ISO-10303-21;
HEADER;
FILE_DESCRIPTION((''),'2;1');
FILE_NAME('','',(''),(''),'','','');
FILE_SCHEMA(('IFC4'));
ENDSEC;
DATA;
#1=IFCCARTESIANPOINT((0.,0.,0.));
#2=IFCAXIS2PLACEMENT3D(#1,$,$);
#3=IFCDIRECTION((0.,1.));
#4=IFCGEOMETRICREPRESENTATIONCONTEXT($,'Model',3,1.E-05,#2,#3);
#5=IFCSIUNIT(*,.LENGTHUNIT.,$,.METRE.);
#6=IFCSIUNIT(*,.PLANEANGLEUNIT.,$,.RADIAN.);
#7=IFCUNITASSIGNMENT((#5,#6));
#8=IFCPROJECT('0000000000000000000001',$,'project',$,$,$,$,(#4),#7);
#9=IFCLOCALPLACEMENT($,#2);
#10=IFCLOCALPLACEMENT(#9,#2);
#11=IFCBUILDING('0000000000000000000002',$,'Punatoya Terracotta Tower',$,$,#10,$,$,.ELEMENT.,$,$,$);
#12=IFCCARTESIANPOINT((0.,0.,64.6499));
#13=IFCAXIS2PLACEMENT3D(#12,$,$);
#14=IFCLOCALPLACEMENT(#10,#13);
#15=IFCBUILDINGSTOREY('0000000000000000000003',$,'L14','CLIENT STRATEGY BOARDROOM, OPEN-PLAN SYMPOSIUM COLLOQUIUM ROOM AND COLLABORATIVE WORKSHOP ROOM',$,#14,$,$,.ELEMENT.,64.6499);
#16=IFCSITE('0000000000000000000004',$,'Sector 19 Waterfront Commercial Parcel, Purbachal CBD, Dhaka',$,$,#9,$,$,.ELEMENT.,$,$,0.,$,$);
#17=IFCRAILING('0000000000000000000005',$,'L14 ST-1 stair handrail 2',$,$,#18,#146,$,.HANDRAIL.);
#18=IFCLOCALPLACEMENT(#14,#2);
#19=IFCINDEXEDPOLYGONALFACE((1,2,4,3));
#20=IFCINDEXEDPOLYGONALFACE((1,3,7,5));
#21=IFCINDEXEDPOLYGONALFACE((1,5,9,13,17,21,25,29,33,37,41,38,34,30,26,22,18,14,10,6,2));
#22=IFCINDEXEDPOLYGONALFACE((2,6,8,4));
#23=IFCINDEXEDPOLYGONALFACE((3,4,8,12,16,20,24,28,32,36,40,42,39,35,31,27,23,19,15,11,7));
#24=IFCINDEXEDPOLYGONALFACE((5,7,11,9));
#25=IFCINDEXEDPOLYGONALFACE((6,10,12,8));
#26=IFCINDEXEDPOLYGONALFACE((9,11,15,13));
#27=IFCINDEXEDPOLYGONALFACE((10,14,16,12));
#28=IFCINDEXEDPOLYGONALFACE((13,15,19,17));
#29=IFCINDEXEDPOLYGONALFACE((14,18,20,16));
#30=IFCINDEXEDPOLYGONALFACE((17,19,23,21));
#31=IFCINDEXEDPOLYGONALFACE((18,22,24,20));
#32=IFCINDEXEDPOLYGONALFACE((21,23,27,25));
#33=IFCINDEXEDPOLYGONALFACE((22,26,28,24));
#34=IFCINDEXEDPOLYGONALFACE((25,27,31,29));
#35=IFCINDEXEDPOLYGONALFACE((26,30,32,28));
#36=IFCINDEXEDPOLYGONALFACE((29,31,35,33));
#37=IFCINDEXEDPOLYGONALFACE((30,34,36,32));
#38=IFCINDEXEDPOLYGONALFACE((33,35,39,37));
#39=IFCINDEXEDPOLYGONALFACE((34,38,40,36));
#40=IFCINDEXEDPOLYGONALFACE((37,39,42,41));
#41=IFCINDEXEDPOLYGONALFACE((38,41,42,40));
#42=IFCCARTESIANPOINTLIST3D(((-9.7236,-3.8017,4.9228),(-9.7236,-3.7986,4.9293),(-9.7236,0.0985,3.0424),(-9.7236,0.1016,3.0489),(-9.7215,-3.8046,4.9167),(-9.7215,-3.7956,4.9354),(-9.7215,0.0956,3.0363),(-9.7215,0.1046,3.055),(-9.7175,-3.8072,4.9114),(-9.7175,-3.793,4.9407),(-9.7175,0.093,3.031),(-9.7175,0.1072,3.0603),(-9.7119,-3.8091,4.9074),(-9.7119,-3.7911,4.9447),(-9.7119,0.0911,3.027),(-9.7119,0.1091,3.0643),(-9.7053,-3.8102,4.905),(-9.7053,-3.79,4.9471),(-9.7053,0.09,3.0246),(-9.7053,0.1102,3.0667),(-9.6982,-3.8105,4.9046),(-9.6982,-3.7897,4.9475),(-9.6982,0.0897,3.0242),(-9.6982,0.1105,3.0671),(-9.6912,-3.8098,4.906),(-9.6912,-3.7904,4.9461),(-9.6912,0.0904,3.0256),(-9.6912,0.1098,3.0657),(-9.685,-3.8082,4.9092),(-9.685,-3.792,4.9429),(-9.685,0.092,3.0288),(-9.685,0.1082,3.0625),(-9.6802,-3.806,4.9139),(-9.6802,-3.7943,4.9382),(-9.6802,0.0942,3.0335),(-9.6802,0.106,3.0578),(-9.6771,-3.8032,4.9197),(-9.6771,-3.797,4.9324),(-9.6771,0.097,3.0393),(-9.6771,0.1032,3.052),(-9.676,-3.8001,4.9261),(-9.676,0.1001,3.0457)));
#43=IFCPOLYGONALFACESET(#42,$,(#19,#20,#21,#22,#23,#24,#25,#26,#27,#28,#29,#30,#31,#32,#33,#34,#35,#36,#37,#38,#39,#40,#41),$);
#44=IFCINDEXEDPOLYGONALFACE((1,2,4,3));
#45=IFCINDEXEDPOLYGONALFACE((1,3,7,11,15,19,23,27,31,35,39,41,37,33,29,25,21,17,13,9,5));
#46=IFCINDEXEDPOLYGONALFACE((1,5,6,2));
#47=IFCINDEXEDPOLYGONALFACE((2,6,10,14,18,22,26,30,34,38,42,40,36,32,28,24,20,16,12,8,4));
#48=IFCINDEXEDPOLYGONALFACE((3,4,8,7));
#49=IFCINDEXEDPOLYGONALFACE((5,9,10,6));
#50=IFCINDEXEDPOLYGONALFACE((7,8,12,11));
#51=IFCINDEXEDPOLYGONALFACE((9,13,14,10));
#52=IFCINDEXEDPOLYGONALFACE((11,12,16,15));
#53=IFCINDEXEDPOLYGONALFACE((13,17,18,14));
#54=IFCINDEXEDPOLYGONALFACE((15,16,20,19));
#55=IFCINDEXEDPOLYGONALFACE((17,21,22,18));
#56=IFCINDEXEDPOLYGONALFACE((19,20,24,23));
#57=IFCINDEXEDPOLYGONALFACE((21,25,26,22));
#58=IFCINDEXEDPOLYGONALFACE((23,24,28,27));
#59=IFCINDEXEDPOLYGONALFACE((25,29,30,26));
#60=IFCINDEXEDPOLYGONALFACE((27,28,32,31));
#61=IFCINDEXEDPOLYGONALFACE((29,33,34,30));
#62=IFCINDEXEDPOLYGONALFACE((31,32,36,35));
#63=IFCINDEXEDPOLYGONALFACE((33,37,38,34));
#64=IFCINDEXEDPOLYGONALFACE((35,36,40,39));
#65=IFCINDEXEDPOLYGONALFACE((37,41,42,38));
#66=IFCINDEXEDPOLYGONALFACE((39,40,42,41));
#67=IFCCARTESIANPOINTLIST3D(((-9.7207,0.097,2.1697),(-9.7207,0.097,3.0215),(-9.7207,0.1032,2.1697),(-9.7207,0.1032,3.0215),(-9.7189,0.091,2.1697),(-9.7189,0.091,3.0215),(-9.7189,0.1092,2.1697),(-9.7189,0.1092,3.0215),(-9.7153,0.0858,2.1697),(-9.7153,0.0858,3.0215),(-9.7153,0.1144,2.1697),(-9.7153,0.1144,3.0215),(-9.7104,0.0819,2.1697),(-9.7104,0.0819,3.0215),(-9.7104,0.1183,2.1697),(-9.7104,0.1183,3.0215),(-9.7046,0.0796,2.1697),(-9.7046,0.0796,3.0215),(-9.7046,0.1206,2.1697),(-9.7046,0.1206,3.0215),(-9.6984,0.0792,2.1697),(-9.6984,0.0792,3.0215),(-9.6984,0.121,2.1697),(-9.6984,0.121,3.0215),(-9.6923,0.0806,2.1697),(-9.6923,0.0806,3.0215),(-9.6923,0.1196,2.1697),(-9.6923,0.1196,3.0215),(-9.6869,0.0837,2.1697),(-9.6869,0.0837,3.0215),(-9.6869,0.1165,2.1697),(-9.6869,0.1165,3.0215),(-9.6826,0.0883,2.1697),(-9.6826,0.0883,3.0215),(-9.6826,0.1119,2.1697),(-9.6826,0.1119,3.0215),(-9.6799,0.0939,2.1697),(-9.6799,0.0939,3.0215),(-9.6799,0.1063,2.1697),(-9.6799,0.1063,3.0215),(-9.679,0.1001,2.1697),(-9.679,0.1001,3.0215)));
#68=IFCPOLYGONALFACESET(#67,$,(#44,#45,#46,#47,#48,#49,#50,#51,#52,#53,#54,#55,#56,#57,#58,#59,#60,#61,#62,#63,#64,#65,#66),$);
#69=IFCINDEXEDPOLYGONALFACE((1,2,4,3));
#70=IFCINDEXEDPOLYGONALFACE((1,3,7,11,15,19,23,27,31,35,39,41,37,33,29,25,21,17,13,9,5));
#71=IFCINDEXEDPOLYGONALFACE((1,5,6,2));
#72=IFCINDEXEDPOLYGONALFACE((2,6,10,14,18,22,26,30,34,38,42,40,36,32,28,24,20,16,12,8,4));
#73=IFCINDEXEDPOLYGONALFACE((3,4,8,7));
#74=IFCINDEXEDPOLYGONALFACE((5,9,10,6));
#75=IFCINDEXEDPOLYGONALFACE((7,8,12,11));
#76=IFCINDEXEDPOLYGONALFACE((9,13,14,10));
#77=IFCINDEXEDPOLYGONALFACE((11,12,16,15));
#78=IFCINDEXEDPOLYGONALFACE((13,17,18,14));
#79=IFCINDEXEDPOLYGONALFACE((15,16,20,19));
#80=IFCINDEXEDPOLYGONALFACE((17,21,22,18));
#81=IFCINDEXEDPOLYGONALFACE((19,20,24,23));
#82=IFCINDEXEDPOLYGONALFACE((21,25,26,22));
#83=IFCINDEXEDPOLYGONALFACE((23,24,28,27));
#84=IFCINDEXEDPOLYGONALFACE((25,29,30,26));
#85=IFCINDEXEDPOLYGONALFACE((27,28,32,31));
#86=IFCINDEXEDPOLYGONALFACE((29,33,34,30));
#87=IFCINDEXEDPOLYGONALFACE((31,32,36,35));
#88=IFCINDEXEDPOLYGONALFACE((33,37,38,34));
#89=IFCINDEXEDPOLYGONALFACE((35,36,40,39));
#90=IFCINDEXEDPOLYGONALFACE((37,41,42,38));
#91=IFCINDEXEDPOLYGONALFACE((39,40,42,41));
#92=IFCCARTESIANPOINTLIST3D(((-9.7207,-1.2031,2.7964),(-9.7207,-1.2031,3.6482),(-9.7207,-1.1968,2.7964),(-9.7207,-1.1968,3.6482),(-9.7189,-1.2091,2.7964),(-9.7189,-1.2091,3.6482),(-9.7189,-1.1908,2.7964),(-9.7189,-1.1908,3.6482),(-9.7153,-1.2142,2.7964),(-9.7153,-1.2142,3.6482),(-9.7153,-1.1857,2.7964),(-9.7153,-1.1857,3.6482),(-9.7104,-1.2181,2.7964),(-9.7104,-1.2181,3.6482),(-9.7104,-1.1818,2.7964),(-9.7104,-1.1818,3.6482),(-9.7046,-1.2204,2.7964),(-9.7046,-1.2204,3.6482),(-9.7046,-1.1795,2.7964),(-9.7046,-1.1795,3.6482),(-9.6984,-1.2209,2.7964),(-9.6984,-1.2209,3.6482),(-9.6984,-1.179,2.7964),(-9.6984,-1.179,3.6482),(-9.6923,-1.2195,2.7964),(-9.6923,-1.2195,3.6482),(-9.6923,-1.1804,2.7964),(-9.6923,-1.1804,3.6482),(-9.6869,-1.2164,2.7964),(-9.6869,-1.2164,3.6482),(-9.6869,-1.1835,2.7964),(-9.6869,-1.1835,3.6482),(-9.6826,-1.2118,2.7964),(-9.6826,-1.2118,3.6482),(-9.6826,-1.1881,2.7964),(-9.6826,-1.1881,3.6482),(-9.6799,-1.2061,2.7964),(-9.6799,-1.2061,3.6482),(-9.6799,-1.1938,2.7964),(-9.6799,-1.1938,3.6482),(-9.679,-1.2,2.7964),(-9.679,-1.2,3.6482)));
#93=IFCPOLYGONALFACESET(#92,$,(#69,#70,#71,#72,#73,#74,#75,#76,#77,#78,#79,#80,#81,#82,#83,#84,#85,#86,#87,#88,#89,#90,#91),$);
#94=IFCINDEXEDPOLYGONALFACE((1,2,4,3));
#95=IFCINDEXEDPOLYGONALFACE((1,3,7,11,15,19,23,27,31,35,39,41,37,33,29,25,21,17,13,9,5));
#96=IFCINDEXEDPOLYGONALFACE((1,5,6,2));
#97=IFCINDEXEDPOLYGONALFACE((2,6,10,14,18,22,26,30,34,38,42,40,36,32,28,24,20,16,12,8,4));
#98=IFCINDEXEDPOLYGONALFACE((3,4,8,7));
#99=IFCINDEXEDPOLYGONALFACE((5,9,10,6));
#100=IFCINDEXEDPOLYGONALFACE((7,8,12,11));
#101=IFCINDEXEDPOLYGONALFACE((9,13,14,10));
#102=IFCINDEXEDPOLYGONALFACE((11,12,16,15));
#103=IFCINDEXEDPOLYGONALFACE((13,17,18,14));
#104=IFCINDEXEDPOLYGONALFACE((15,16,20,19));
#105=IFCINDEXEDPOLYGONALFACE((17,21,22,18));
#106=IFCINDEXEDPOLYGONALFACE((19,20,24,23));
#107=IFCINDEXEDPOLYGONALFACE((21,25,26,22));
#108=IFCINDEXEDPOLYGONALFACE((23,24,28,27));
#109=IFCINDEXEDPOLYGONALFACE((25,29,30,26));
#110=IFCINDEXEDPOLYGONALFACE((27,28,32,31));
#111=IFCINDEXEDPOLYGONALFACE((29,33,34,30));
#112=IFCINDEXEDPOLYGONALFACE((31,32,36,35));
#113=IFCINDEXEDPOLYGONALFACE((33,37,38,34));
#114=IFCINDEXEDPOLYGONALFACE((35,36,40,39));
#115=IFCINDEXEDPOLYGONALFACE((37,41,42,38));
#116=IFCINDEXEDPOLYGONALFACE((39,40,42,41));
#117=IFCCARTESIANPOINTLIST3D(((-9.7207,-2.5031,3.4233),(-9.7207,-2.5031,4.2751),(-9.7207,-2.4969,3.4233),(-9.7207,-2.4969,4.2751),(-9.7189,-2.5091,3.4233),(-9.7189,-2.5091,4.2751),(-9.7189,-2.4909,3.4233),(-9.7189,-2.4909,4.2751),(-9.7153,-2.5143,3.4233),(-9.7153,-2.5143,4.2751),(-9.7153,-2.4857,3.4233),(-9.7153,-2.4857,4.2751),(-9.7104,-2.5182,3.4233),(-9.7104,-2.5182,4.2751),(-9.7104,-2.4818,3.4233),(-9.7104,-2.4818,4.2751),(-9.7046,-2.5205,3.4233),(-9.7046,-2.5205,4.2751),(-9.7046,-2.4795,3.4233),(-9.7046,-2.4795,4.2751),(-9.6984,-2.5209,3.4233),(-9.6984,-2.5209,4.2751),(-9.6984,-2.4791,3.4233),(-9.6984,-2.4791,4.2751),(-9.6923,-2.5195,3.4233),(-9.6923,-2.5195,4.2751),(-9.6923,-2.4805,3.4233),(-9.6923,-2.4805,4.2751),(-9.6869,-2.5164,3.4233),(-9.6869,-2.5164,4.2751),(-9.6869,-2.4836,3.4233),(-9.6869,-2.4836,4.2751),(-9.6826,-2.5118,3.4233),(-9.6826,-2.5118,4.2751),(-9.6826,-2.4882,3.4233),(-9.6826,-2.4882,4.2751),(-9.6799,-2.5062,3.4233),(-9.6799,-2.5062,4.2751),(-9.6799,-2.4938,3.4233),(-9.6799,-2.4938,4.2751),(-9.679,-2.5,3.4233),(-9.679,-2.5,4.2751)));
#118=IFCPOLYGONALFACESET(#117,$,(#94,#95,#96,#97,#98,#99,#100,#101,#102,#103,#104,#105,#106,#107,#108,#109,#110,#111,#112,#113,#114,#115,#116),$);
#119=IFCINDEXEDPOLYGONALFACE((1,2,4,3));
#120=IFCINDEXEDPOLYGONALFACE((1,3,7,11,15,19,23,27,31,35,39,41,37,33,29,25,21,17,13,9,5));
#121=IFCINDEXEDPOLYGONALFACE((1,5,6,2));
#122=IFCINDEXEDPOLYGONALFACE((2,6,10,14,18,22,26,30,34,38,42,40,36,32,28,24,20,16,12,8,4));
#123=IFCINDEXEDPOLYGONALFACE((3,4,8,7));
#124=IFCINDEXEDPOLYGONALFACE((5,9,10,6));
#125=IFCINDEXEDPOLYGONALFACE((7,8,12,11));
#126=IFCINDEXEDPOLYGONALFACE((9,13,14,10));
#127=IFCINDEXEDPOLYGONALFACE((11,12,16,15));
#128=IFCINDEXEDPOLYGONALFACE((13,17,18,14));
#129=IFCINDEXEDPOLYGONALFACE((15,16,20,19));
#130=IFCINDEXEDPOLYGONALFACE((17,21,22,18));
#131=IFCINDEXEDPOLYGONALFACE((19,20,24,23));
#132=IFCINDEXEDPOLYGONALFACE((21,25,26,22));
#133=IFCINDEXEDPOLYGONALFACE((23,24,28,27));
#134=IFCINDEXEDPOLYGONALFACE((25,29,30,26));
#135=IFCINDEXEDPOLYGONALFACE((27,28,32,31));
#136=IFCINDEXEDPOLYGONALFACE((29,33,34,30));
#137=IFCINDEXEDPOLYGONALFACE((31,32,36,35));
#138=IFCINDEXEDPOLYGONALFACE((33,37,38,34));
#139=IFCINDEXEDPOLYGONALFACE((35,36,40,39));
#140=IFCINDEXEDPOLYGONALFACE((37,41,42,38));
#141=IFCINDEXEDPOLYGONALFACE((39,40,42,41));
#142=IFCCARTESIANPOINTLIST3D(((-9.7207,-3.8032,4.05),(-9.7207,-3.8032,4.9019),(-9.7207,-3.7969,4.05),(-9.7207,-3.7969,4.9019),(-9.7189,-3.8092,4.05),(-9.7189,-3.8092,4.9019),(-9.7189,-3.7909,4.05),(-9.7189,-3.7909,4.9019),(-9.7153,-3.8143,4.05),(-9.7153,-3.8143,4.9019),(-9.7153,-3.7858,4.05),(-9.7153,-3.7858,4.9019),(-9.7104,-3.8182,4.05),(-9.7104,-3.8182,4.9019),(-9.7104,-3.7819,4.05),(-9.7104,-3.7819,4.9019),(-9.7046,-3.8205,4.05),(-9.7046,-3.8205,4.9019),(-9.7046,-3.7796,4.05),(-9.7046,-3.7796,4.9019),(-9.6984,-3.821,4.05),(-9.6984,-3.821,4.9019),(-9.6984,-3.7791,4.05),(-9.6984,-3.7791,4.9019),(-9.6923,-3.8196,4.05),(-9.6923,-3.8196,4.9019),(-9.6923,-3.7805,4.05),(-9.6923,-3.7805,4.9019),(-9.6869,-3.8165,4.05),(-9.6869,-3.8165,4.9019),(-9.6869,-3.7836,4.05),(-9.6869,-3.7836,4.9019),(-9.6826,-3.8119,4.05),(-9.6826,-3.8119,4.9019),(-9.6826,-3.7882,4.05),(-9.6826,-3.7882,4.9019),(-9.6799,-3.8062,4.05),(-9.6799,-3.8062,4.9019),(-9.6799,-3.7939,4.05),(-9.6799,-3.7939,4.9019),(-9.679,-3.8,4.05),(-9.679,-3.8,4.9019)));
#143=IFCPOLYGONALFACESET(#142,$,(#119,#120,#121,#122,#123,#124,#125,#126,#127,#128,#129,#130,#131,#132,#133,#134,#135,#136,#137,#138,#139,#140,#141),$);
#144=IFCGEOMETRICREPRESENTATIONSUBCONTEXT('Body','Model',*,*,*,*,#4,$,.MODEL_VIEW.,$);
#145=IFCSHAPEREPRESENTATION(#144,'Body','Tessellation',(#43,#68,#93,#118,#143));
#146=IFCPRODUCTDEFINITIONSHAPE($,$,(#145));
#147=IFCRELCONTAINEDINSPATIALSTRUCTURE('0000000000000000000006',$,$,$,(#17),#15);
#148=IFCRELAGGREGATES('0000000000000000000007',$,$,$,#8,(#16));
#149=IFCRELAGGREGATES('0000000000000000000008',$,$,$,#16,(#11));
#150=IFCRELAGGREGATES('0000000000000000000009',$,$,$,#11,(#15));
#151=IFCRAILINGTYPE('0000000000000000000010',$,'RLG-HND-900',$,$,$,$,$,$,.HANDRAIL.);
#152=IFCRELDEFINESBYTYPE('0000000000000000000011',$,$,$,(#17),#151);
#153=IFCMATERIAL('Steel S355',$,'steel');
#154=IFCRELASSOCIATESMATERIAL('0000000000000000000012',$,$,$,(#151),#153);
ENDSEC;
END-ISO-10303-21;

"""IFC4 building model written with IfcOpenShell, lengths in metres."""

from ifc_helpers import new_model, si_unit, direction, frame, origin, origin_2d, place, context, subcontext, project, spatial, circle, extrude, material, type_object, element, save


model = new_model("IFC4")

# Units and contexts
model_context = context("Model", 3, precision=1e-05, world=origin(), true_north=direction((0.0, 1.0)))
body_context = subcontext(model_context, "Body", "Model", "MODEL_VIEW")
ifc_project = project(units=[si_unit("LENGTHUNIT", "METRE"), si_unit("PLANEANGLEUNIT", "RADIAN")], contexts=[model_context])

# Site, building, storey
site_placement = place(None, origin())
site = spatial("IfcSite", under=ifc_project, at=site_placement, Name="Sector 19 Waterfront Commercial Parcel, Purbachal CBD, Dhaka", CompositionType="ELEMENT", RefElevation=0.0)
building_placement = place(site_placement, origin())
building = spatial("IfcBuilding", under=site, at=building_placement, Name="Punatoya Terracotta Tower", CompositionType="ELEMENT")
storey_placement = place(building_placement, frame((0.0, 0.0, 64.6499)))
storey = spatial("IfcBuildingStorey", under=building, at=storey_placement, Name="L14", Description="CLIENT STRATEGY BOARDROOM, OPEN-PLAN SYMPOSIUM COLLOQUIUM ROOM AND COLLABORATIVE WORKSHOP ROOM", CompositionType="ELEMENT", Elevation=64.6499)

# Shared definitions
ifc_material_1 = material(Name="Steel S355", Category="steel")

# Railing
railing_type_1 = type_object("IfcRailingType", Name="RLG-HND-900", PredefinedType="HANDRAIL", material=ifc_material_1)
railing_1_placement = place(storey_placement, frame((-9.7, 0.1001, 2.1697)))
element("IfcRailing", 1, at=railing_1_placement, inside=storey, type_object=railing_type_1, Name="L14 ST-1 stair handrail 2", PredefinedType="HANDRAIL", context=body_context, shape_type="SweptSolid", body=[
    extrude(circle(Radius=0.0239, at=origin_2d()), frame((0.0, 0.0, 0.876), z_axis=(0.0, -0.900774, 0.434289), x_axis=(1.0, 0.0, 0.0)), (0.0, 0.0, 1.0), 4.3298),
    extrude(circle(Radius=0.021, at=origin_2d()), origin(), (0.0, 0.0, 1.0), 0.8518),
    extrude(circle(Radius=0.021, at=origin_2d()), frame((0.0, -1.3, 0.6267)), (0.0, 0.0, 1.0), 0.8518),
    extrude(circle(Radius=0.021, at=origin_2d()), frame((0.0, -2.6001, 1.2537)), (0.0, 0.0, 1.0), 0.8518),
    extrude(circle(Radius=0.021, at=origin_2d()), frame((0.0, -3.9001, 1.8804)), (0.0, 0.0, 1.0), 0.8518),
])

save(model, "model.ifc")
